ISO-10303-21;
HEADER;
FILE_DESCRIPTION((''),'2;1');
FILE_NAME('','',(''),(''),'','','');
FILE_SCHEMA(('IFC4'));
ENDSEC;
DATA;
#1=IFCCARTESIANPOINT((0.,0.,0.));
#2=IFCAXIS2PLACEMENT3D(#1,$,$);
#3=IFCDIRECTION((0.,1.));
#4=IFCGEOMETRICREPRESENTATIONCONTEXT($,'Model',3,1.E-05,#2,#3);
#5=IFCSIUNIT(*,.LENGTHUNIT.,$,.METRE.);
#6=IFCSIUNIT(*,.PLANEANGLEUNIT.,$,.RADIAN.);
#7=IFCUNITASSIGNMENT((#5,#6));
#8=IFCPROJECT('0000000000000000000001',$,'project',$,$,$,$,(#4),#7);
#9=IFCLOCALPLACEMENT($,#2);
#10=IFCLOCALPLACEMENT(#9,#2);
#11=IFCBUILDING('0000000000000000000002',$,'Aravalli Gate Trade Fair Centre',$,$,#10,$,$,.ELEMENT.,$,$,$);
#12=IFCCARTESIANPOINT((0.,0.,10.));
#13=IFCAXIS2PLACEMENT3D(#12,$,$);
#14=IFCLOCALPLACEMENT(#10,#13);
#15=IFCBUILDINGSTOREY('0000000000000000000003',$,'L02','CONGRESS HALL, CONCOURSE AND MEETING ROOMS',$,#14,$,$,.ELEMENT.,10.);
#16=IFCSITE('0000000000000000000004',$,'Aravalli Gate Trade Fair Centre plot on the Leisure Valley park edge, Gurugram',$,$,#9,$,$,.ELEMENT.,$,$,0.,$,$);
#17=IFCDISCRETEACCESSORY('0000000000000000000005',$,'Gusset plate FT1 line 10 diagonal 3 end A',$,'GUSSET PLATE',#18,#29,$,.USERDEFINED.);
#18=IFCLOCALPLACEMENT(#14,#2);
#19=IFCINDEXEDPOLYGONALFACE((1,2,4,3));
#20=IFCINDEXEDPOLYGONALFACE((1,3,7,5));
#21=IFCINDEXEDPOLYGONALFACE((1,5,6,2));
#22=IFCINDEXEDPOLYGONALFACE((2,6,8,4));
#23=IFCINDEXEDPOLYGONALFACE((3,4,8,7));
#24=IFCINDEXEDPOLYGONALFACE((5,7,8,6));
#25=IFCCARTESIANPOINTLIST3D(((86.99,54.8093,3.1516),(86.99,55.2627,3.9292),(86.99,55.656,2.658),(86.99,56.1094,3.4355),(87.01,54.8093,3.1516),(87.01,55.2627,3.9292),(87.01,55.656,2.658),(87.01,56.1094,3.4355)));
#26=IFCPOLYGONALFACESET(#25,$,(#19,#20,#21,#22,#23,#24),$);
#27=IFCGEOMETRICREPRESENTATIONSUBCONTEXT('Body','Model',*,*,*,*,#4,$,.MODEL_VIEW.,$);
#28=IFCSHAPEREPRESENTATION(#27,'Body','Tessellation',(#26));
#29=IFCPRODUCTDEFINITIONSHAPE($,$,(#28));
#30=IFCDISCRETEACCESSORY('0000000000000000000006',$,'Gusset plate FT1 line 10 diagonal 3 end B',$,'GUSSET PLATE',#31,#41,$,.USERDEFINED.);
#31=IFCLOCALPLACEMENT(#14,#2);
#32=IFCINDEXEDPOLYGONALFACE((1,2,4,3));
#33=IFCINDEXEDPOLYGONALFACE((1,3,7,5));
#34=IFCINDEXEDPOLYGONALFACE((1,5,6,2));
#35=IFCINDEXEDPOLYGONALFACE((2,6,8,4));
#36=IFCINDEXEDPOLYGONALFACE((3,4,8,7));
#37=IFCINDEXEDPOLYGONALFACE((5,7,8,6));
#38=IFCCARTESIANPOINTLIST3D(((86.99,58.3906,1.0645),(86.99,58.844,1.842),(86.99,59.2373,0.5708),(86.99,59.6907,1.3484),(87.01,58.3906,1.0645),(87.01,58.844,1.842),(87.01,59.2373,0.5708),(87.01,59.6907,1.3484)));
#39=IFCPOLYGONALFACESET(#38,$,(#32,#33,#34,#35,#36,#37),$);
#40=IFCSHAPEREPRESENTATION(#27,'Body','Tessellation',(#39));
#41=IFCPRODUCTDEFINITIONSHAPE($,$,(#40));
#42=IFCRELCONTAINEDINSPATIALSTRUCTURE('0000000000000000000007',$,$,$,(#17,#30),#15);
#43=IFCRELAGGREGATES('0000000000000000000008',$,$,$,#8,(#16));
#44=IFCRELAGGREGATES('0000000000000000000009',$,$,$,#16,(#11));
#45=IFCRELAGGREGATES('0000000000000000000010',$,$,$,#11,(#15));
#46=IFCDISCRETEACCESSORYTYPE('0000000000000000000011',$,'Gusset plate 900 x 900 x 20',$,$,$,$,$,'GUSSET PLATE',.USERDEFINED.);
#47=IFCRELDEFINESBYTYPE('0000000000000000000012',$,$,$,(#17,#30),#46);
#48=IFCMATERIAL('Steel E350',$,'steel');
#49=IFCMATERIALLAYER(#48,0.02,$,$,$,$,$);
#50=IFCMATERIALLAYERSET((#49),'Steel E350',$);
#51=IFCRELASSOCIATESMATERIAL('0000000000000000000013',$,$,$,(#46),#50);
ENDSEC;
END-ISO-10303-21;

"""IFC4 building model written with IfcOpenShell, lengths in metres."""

from ifc_helpers import new_model, si_unit, direction, frame, origin, place, context, subcontext, project, spatial, polyline, outline, extrude, material, layer, layer_set, type_object, element, save


model = new_model("IFC4")

# Units and contexts
model_context = context("Model", 3, precision=1e-05, world=origin(), true_north=direction((0.0, 1.0)))
body_context = subcontext(model_context, "Body", "Model", "MODEL_VIEW")
ifc_project = project(units=[si_unit("LENGTHUNIT", "METRE"), si_unit("PLANEANGLEUNIT", "RADIAN")], contexts=[model_context])

# Site, building, storey
site_placement = place(None, origin())
site = spatial("IfcSite", under=ifc_project, at=site_placement, Name="Aravalli Gate Trade Fair Centre plot on the Leisure Valley park edge, Gurugram", CompositionType="ELEMENT", RefElevation=0.0)
building_placement = place(site_placement, origin())
building = spatial("IfcBuilding", under=site, at=building_placement, Name="Aravalli Gate Trade Fair Centre", CompositionType="ELEMENT")
storey_placement = place(building_placement, frame((0.0, 0.0, 10.0)))
storey = spatial("IfcBuildingStorey", under=building, at=storey_placement, Name="L02", Description="CONGRESS HALL, CONCOURSE AND MEETING ROOMS", CompositionType="ELEMENT", Elevation=10.0)

# Shared definitions
ifc_material_1 = material(Name="Steel E350", Category="steel")

# Discrete accessories
ifc_layer_1 = layer(ifc_material_1, 0.02)
ifc_layer_set_1 = layer_set([ifc_layer_1], Name="Steel E350")
discrete_accessory_type = type_object("IfcDiscreteAccessoryType", Name="Gusset plate 900 x 900 x 20", ElementType="GUSSET PLATE", PredefinedType="USERDEFINED", material=ifc_layer_set_1)
discrete_accessory_1_placement = place(storey_placement, frame((86.99, 55.656, 2.658), z_axis=(-1.0, 0.0, 0.0), x_axis=(0.0, -0.863887, 0.503685)))
element("IfcDiscreteAccessory", 1, at=discrete_accessory_1_placement, inside=storey, type_object=discrete_accessory_type, Name="Gusset plate FT1 line 10 diagonal 3 end A", ObjectType="GUSSET PLATE", PredefinedType="USERDEFINED", context=body_context, shape_type="SweptSolid", body=[
    extrude(outline(polyline([(0.0, 0.0), (0.9801, 0.0), (0.9801, 0.9001), (0.0, 0.9001), (0.0, 0.0)])), origin(), (0.0, 0.0, -1.0), 0.02),
])
discrete_accessory_2_placement = place(storey_placement, frame((87.01, 58.3906, 1.0645), z_axis=(1.0, 0.0, 0.0), x_axis=(0.0, 0.863887, -0.503685)))
element("IfcDiscreteAccessory", 2, at=discrete_accessory_2_placement, inside=storey, type_object=discrete_accessory_type, Name="Gusset plate FT1 line 10 diagonal 3 end B", ObjectType="GUSSET PLATE", PredefinedType="USERDEFINED", context=body_context, shape_type="SweptSolid", body=[
    extrude(outline(polyline([(0.0, 0.0), (0.9801, 0.0), (0.9801, 0.9001), (0.0, 0.9001), (0.0, 0.0)])), origin(), (0.0, 0.0, -1.0), 0.02),
])

save(model, "model.ifc")
